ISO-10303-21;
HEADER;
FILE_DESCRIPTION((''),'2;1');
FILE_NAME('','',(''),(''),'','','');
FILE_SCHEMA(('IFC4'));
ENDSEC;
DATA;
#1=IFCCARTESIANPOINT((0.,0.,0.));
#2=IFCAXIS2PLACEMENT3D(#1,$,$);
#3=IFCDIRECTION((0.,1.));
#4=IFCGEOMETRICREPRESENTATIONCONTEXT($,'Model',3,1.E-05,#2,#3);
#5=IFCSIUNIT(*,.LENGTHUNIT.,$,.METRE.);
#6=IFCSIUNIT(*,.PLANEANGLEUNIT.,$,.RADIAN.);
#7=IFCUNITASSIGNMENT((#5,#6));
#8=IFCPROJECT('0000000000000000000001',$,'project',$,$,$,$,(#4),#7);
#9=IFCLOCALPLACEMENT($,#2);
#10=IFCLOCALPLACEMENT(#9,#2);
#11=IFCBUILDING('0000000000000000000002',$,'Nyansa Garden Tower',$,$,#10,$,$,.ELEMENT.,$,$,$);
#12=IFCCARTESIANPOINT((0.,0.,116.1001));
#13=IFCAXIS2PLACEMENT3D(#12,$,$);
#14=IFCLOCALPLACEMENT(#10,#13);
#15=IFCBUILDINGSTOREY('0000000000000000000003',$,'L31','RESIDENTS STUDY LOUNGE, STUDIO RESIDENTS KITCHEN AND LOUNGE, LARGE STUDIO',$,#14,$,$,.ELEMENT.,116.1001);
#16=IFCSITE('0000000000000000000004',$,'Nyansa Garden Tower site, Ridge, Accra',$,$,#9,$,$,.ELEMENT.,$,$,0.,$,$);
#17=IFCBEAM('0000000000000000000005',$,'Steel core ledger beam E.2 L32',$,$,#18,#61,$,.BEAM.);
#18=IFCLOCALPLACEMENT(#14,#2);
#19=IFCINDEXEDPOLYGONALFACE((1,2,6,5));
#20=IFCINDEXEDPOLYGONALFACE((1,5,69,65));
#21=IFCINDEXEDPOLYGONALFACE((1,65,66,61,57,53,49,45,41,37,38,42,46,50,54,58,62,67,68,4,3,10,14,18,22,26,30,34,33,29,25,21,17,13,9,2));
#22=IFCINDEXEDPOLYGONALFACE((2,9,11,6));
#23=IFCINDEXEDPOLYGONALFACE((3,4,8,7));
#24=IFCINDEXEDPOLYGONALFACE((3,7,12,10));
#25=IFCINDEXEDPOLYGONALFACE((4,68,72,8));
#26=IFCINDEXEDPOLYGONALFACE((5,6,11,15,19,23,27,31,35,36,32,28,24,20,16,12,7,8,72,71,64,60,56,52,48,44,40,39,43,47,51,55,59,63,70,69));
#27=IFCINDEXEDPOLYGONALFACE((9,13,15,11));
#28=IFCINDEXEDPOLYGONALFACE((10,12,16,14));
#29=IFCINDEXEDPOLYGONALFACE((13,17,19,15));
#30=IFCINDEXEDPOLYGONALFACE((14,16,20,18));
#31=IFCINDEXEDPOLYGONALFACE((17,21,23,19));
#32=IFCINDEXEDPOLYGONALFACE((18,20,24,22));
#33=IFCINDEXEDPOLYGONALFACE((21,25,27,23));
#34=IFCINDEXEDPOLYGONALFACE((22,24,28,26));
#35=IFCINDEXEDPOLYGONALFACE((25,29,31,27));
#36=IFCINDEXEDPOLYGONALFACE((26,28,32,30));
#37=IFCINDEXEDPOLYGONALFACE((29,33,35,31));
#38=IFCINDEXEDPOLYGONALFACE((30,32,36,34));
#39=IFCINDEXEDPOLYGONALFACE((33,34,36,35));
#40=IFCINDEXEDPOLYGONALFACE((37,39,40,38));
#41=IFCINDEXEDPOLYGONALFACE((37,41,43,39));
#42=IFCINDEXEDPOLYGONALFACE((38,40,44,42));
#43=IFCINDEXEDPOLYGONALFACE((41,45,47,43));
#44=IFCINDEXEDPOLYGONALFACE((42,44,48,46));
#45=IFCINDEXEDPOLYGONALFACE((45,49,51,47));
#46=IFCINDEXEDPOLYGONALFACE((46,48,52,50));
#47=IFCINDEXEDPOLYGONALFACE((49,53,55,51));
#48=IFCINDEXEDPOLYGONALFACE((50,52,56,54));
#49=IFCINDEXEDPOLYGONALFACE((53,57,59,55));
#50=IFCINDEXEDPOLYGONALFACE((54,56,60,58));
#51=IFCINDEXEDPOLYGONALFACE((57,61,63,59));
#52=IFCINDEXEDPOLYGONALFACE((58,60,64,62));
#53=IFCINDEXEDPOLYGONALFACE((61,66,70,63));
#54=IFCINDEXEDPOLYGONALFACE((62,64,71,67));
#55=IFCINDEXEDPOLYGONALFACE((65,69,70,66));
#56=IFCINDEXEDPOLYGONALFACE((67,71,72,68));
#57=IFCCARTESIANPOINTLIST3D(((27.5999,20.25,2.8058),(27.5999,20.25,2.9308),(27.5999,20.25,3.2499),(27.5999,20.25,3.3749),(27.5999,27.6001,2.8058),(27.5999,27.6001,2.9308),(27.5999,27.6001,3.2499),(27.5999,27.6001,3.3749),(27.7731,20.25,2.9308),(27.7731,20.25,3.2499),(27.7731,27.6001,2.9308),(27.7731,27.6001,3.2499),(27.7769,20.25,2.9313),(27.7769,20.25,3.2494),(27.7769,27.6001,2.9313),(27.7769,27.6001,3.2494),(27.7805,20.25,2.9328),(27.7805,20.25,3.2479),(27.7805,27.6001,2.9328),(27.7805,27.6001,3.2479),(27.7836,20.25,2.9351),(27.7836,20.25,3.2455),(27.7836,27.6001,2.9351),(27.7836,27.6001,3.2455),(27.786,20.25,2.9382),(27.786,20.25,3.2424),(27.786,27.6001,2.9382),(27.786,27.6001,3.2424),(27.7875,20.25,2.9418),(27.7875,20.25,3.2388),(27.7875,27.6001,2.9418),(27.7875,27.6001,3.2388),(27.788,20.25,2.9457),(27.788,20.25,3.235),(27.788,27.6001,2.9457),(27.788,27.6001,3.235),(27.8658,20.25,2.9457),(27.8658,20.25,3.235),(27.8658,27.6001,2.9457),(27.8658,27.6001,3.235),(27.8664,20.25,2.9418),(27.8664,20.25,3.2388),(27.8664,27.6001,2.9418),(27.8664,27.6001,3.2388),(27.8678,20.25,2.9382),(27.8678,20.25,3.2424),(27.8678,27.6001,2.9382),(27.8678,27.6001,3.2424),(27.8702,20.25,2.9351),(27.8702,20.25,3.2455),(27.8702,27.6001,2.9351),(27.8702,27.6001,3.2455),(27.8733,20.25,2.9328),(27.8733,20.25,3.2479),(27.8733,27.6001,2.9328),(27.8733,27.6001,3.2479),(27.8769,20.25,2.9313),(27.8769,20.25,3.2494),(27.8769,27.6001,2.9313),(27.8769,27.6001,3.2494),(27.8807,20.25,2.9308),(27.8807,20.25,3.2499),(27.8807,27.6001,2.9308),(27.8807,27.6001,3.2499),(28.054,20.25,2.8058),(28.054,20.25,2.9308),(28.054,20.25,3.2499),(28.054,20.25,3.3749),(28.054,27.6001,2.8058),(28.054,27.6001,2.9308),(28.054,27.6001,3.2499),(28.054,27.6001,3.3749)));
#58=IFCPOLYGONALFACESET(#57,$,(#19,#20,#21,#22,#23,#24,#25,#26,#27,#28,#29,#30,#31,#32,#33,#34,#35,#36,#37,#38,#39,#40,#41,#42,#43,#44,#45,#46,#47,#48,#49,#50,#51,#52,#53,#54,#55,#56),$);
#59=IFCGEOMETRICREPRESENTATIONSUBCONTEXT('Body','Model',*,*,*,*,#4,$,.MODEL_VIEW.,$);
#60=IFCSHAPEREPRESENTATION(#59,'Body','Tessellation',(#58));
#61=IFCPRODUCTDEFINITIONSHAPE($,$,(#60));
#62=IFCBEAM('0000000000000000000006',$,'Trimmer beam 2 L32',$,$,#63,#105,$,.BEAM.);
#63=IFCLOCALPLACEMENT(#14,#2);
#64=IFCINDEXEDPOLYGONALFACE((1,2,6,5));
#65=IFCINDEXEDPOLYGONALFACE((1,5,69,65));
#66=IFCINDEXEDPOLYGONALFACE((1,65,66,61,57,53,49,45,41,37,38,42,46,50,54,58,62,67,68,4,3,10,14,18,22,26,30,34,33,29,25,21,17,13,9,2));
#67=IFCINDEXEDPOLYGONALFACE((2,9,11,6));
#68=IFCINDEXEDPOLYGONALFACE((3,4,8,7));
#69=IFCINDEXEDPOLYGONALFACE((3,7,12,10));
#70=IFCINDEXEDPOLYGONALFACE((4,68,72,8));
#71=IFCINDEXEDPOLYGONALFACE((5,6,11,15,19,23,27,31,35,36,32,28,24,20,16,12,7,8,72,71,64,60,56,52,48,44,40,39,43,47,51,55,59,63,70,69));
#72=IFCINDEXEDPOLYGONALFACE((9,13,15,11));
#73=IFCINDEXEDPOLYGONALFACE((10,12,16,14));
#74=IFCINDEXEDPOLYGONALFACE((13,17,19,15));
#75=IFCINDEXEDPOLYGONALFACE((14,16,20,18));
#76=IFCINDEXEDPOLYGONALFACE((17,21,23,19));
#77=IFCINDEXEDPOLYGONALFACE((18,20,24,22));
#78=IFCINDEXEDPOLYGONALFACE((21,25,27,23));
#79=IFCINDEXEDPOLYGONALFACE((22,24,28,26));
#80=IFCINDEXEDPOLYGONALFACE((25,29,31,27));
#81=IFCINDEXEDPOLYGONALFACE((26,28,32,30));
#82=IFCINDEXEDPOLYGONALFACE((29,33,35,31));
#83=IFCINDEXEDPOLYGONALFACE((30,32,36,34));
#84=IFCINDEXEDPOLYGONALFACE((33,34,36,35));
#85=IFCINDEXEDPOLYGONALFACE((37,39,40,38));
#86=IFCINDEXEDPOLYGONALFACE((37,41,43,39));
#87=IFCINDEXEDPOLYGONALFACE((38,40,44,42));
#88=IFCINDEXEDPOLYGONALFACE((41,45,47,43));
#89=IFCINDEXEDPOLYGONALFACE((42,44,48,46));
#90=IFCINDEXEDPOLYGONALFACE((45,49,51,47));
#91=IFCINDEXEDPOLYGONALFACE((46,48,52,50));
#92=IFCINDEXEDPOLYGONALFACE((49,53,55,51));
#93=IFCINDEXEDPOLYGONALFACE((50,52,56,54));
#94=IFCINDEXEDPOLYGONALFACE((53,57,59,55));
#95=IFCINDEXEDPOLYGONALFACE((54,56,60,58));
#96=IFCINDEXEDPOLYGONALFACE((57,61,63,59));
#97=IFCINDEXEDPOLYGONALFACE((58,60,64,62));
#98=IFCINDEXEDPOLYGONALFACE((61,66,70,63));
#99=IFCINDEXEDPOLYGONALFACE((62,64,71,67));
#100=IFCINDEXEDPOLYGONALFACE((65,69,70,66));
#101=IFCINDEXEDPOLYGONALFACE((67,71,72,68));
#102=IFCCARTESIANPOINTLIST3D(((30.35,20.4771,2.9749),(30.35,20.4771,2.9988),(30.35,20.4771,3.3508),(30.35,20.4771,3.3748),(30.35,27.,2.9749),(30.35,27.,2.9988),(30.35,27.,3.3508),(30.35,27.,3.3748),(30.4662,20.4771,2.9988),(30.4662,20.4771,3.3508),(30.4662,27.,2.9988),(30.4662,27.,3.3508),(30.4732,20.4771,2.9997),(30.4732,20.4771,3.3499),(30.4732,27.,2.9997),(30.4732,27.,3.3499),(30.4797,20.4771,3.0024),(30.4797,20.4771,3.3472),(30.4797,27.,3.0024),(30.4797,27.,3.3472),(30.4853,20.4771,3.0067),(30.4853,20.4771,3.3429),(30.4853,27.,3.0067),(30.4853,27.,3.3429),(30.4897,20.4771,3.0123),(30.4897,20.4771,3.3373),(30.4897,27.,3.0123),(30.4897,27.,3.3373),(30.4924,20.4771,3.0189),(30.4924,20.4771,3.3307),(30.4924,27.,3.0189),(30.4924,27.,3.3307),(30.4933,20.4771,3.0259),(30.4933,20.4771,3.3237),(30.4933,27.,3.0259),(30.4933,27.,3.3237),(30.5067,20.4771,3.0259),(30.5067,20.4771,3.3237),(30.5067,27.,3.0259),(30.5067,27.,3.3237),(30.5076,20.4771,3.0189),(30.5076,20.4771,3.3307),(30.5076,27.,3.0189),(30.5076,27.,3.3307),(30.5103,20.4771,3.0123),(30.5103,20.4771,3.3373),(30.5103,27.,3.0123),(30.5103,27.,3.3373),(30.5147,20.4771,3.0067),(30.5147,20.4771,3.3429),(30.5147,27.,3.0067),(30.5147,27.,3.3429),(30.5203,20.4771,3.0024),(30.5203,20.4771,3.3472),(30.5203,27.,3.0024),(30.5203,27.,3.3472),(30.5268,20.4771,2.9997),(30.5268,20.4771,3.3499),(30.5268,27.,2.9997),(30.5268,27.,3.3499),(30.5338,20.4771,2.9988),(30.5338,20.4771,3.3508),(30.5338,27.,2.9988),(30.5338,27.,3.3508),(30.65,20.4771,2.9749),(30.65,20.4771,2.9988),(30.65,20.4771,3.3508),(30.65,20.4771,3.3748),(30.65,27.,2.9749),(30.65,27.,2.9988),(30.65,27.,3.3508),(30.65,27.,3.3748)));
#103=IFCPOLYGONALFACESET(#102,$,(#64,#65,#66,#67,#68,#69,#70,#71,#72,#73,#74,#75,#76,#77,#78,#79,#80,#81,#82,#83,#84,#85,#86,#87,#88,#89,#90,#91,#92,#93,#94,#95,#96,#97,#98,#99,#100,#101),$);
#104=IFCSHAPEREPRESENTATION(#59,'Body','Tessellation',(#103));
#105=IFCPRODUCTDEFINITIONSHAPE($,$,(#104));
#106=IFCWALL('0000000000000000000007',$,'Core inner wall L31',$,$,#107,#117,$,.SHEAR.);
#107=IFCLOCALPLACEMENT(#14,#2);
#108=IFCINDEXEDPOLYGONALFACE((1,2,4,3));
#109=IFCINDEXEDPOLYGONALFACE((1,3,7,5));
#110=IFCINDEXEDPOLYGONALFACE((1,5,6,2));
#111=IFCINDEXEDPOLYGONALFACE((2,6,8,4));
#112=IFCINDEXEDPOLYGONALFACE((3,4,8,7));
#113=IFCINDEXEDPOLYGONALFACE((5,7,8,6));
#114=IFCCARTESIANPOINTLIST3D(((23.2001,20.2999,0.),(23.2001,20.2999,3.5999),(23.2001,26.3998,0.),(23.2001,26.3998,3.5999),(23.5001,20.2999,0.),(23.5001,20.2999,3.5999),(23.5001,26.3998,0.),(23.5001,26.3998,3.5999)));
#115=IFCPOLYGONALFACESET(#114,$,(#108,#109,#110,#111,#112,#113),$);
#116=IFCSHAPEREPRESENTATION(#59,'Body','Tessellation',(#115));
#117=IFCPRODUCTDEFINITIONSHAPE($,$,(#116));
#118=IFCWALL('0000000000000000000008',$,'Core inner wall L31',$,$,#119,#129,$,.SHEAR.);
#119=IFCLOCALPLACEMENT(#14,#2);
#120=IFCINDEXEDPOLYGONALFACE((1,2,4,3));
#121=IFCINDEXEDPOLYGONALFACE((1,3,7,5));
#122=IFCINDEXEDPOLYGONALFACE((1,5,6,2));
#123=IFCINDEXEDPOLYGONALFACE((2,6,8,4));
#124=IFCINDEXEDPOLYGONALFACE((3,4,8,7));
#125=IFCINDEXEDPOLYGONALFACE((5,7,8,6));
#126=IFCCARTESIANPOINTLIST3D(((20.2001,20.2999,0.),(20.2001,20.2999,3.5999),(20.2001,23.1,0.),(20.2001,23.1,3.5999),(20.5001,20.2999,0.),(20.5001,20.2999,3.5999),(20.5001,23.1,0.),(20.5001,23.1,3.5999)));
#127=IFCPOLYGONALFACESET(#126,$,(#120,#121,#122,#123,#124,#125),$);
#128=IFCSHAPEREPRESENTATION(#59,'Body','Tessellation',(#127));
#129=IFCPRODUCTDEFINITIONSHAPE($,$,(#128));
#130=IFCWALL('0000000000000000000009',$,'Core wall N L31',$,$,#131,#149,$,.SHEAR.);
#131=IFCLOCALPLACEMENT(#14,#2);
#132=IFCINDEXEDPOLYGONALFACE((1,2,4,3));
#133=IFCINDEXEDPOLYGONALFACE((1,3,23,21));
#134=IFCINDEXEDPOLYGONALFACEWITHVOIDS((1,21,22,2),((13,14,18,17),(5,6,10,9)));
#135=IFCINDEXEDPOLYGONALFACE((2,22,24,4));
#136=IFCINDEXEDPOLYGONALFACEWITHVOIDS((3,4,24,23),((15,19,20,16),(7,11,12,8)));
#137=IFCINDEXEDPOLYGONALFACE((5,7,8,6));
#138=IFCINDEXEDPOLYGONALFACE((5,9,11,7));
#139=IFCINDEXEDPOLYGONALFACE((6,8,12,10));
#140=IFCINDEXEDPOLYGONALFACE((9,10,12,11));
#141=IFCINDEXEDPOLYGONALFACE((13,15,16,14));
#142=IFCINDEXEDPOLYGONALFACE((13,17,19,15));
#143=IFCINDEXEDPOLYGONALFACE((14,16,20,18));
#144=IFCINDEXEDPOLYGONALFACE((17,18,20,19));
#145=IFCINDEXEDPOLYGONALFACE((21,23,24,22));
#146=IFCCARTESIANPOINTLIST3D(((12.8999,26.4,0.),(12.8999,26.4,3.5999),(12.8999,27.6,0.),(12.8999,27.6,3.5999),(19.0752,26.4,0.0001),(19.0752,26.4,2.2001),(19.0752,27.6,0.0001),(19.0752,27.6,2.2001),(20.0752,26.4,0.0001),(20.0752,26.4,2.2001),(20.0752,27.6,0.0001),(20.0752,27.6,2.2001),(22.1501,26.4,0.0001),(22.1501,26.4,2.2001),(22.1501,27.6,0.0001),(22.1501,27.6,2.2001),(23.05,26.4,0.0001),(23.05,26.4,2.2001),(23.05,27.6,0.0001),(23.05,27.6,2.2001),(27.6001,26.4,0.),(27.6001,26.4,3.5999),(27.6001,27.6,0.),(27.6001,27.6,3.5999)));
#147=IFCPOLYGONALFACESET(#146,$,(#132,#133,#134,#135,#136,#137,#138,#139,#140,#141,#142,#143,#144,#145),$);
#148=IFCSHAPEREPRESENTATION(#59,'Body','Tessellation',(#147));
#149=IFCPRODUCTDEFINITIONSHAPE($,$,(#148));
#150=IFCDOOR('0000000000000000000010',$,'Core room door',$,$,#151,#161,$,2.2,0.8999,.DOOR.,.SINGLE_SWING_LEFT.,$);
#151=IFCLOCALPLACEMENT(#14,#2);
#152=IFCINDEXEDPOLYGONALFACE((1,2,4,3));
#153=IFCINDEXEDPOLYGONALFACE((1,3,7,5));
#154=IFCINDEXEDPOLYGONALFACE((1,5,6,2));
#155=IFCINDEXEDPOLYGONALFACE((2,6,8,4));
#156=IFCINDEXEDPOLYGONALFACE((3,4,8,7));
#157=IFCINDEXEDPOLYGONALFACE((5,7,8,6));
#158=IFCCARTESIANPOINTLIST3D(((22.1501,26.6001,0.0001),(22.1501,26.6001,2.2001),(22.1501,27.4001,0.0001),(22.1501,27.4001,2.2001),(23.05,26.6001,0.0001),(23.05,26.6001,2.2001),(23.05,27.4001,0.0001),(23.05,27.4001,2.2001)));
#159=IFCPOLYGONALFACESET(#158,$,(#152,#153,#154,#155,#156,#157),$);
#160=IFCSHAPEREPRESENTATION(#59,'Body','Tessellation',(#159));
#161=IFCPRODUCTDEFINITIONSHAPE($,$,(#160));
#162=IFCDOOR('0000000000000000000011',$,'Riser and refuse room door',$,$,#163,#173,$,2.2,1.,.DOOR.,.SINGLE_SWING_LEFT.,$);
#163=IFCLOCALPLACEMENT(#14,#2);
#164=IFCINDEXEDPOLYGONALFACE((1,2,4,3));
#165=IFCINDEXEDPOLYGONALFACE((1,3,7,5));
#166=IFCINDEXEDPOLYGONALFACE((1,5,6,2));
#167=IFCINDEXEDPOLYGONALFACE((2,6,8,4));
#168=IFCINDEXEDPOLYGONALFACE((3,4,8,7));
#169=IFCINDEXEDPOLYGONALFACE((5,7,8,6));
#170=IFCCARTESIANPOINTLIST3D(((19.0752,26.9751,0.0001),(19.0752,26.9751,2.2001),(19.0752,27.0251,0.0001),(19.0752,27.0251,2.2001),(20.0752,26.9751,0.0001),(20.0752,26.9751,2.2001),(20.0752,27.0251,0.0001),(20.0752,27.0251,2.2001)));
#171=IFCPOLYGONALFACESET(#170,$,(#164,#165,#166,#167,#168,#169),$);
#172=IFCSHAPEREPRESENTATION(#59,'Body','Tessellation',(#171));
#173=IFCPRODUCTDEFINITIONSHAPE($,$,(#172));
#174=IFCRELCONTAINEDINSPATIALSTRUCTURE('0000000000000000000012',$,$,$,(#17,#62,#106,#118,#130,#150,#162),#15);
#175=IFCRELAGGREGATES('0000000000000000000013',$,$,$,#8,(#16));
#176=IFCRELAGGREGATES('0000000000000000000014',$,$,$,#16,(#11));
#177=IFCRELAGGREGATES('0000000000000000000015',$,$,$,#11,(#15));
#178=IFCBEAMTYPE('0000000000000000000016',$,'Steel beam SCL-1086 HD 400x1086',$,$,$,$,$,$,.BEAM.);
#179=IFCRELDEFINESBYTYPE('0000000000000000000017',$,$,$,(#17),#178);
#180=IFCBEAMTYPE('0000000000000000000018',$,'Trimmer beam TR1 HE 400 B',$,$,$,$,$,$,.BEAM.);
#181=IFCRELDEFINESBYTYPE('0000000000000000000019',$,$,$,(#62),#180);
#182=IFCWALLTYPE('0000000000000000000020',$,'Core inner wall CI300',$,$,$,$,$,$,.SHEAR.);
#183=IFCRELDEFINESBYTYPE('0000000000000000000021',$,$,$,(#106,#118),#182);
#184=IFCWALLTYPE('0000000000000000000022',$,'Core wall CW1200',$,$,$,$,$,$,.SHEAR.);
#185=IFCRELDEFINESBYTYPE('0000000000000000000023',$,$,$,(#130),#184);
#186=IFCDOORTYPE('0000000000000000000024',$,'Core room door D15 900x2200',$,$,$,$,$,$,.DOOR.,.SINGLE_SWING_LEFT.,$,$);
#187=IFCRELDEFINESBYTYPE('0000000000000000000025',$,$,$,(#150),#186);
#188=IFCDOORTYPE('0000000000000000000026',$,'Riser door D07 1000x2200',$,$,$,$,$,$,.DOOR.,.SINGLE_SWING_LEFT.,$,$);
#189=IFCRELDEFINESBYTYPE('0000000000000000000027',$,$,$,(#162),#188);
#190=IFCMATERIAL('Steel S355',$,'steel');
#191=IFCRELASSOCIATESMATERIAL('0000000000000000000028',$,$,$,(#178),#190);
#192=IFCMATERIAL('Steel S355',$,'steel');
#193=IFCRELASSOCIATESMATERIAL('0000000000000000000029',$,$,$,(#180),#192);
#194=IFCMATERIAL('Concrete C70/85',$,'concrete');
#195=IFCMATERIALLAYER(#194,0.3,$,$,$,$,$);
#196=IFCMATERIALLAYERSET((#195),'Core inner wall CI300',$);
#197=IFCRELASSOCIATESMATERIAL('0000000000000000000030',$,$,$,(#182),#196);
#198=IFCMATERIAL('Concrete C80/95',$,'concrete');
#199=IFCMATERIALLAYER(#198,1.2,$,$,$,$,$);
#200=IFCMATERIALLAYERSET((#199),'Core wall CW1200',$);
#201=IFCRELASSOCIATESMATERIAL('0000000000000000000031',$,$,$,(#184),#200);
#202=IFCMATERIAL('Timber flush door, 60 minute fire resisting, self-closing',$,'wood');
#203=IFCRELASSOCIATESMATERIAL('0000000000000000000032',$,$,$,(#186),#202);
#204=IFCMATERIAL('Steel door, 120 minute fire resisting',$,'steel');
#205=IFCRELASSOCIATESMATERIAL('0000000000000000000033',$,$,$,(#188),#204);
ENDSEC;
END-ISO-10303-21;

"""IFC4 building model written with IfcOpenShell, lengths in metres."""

from ifc_helpers import new_model, si_unit, direction, frame, frame_2d, origin, origin_2d, place, context, subcontext, project, spatial, rectangle, i_section, extrude, material, layer, layer_set, material_profile, profile_set, type_object, element, fill, save


model = new_model("IFC4")

# Units and contexts
model_context = context("Model", 3, precision=1e-05, world=origin(), true_north=direction((0.0, 1.0)))
body_context = subcontext(model_context, "Body", "Model", "MODEL_VIEW")
ifc_project = project(units=[si_unit("LENGTHUNIT", "METRE"), si_unit("PLANEANGLEUNIT", "RADIAN")], contexts=[model_context])

# Site, building, storey
site_placement = place(None, origin())
site = spatial("IfcSite", under=ifc_project, at=site_placement, Name="Nyansa Garden Tower site, Ridge, Accra", CompositionType="ELEMENT", RefElevation=0.0)
building_placement = place(site_placement, origin())
building = spatial("IfcBuilding", under=site, at=building_placement, Name="Nyansa Garden Tower", CompositionType="ELEMENT")
storey_placement = place(building_placement, frame((0.0, 0.0, 116.1001)))
storey = spatial("IfcBuildingStorey", under=building, at=storey_placement, Name="L31", Description="RESIDENTS STUDY LOUNGE, STUDIO RESIDENTS KITCHEN AND LOUNGE, LARGE STUDIO", CompositionType="ELEMENT", Elevation=116.1001)

# Beams
ifc_material_1 = material(Name="Steel S355", Category="steel")
ifc_material_profile_1 = material_profile(ifc_material_1, i_section(OverallWidth=0.4541, OverallDepth=0.5691, WebThickness=0.0779, FlangeThickness=0.125, FilletRadius=0.0149, at=origin_2d()), Name="HD 400x1086")
ifc_profile_set_1 = profile_set([ifc_material_profile_1], Name="Steel S355")
beam_type_1 = type_object("IfcBeamType", Name="Steel beam SCL-1086 HD 400x1086", PredefinedType="BEAM", material=ifc_profile_set_1)
beam_1_placement = place(storey_placement, frame((27.8269, 20.25, 3.0903), z_axis=(0.0, 1.0, 0.0), x_axis=(-1.0, 0.0, 0.0)))
element("IfcBeam", 1, at=beam_1_placement, inside=storey, type_object=beam_type_1, Name="Steel core ledger beam E.2 L32", PredefinedType="BEAM", context=body_context, shape_type="SweptSolid", body=[
    extrude(i_section(OverallWidth=0.4541, OverallDepth=0.5691, WebThickness=0.0779, FlangeThickness=0.125, FilletRadius=0.0149, at=origin_2d()), origin(), (0.0, 0.0, 1.0), 7.3501),
])
ifc_material_2 = material(Name="Steel S355", Category="steel")
ifc_material_profile_2 = material_profile(ifc_material_2, i_section(OverallWidth=0.3, OverallDepth=0.3999, WebThickness=0.0134, FlangeThickness=0.0239, FilletRadius=0.0271, at=origin_2d()), Name="HE 400 B")
ifc_profile_set_2 = profile_set([ifc_material_profile_2], Name="Steel S355")
beam_type_2 = type_object("IfcBeamType", Name="Trimmer beam TR1 HE 400 B", PredefinedType="BEAM", material=ifc_profile_set_2)
beam_2_placement = place(storey_placement, frame((30.5, 20.4771, 3.1748), z_axis=(0.0, 1.0, 0.0), x_axis=(-1.0, 0.0, 0.0)))
element("IfcBeam", 2, at=beam_2_placement, inside=storey, type_object=beam_type_2, Name="Trimmer beam 2 L32", PredefinedType="BEAM", context=body_context, shape_type="SweptSolid", body=[
    extrude(i_section(OverallWidth=0.3, OverallDepth=0.3999, WebThickness=0.0134, FlangeThickness=0.0239, FilletRadius=0.0271, at=origin_2d()), origin(), (0.0, 0.0, 1.0), 6.5229),
])

# Walls
ifc_material_3 = material(Name="Concrete C70/85", Category="concrete")
ifc_layer_1 = layer(ifc_material_3, 0.3)
ifc_layer_set_1 = layer_set([ifc_layer_1], Name="Core inner wall CI300")
wall_type_1 = type_object("IfcWallType", Name="Core inner wall CI300", PredefinedType="SHEAR", material=ifc_layer_set_1)
wall_1_placement = place(storey_placement, frame((23.3501, 20.3, 0.0), z_axis=(0.0, 0.0, 1.0), x_axis=(0.0, 1.0, 0.0)))
element("IfcWall", 3, at=wall_1_placement, inside=storey, type_object=wall_type_1, Name="Core inner wall L31", PredefinedType="SHEAR", context=body_context, shape_type="SweptSolid", body=[
    extrude(rectangle(XDim=6.0999, YDim=0.3, at=frame_2d((3.0498, 0.0))), origin(), (0.0, 0.0, 1.0), 3.5999),
])
wall_2_placement = place(storey_placement, frame((20.3501, 20.3, 0.0), z_axis=(0.0, 0.0, 1.0), x_axis=(0.0, 1.0, 0.0)))
element("IfcWall", 4, at=wall_2_placement, inside=storey, type_object=wall_type_1, Name="Core inner wall L31", PredefinedType="SHEAR", context=body_context, shape_type="SweptSolid", body=[
    extrude(rectangle(XDim=2.8, YDim=0.3, at=frame_2d((1.3999, 0.0))), origin(), (0.0, 0.0, 1.0), 3.5999),
])

# Wall, openings, doors
ifc_material_4 = material(Name="Concrete C80/95", Category="concrete")
ifc_layer_2 = layer(ifc_material_4, 1.2)
ifc_layer_set_2 = layer_set([ifc_layer_2], Name="Core wall CW1200")
wall_type_2 = type_object("IfcWallType", Name="Core wall CW1200", PredefinedType="SHEAR", material=ifc_layer_set_2)
wall_3_placement = place(storey_placement, frame((27.6001, 27.0, 0.0), z_axis=(0.0, 0.0, 1.0), x_axis=(-1.0, 0.0, 0.0)))
wall_3 = element("IfcWall", 5, at=wall_3_placement, inside=storey, type_object=wall_type_2, Name="Core wall N L31", PredefinedType="SHEAR", context=body_context, shape_type="SweptSolid", body=[
    extrude(rectangle(XDim=14.7002, YDim=1.2, at=frame_2d((7.3501, 0.0))), origin(), (0.0, 0.0, 1.0), 3.5999),
])
opening_1_placement = place(wall_3_placement, frame((4.55, 0.0, 0.0)))
opening_1 = element("IfcOpeningElement", 6, at=opening_1_placement, cuts=wall_3, PredefinedType="OPENING", context=body_context, shape_type="SweptSolid", body=[
    extrude(rectangle(XDim=0.8999, YDim=2.2, at=frame_2d((0.45, 1.1001))), frame((0.0, 0.6099, 0.0), z_axis=(0.0, -1.0, 0.0), x_axis=(1.0, 0.0, 0.0)), (0.0, 0.0, 1.0), 1.22),
])
opening_2_placement = place(wall_3_placement, frame((7.5249, 0.0, 0.0)))
opening_2 = element("IfcOpeningElement", 7, at=opening_2_placement, cuts=wall_3, PredefinedType="OPENING", context=body_context, shape_type="SweptSolid", body=[
    extrude(rectangle(XDim=1.0, YDim=2.2, at=frame_2d((0.5, 1.1001))), frame((0.0, 0.6099, 0.0), z_axis=(0.0, -1.0, 0.0), x_axis=(1.0, 0.0, 0.0)), (0.0, 0.0, 1.0), 1.22),
])
ifc_material_5 = material(Name="Timber flush door, 60 minute fire resisting, self-closing", Category="wood")
door_type_1 = type_object("IfcDoorType", Name="Core room door D15 900x2200", OperationType="SINGLE_SWING_LEFT", PredefinedType="DOOR", material=ifc_material_5)
door_1_placement = place(opening_1_placement, origin())
door_1 = element("IfcDoor", 8, at=door_1_placement, inside=storey, type_object=door_type_1, Name="Core room door", OperationType="SINGLE_SWING_LEFT", OverallHeight=2.2, OverallWidth=0.8999, PredefinedType="DOOR", context=body_context, shape_type="SweptSolid", body=[
    extrude(rectangle(XDim=0.8999, YDim=2.2, at=frame_2d((0.45, 1.1001))), frame((0.0, 0.3999, 0.0), z_axis=(0.0, -1.0, 0.0), x_axis=(1.0, 0.0, 0.0)), (0.0, 0.0, 1.0), 0.8),
])
fill(opening_1, door_1)
ifc_material_6 = material(Name="Steel door, 120 minute fire resisting", Category="steel")
door_type_2 = type_object("IfcDoorType", Name="Riser door D07 1000x2200", OperationType="SINGLE_SWING_LEFT", PredefinedType="DOOR", material=ifc_material_6)
door_2_placement = place(opening_2_placement, origin())
door_2 = element("IfcDoor", 9, at=door_2_placement, inside=storey, type_object=door_type_2, Name="Riser and refuse room door", OperationType="SINGLE_SWING_LEFT", OverallHeight=2.2, OverallWidth=1.0, PredefinedType="DOOR", context=body_context, shape_type="SweptSolid", body=[
    extrude(rectangle(XDim=1.0, YDim=2.2, at=frame_2d((0.5, 1.1001))), frame((0.0, 0.0249, 0.0), z_axis=(0.0, -1.0, 0.0), x_axis=(1.0, 0.0, 0.0)), (0.0, 0.0, 1.0), 0.05),
])
fill(opening_2, door_2)

save(model, "model.ifc")
